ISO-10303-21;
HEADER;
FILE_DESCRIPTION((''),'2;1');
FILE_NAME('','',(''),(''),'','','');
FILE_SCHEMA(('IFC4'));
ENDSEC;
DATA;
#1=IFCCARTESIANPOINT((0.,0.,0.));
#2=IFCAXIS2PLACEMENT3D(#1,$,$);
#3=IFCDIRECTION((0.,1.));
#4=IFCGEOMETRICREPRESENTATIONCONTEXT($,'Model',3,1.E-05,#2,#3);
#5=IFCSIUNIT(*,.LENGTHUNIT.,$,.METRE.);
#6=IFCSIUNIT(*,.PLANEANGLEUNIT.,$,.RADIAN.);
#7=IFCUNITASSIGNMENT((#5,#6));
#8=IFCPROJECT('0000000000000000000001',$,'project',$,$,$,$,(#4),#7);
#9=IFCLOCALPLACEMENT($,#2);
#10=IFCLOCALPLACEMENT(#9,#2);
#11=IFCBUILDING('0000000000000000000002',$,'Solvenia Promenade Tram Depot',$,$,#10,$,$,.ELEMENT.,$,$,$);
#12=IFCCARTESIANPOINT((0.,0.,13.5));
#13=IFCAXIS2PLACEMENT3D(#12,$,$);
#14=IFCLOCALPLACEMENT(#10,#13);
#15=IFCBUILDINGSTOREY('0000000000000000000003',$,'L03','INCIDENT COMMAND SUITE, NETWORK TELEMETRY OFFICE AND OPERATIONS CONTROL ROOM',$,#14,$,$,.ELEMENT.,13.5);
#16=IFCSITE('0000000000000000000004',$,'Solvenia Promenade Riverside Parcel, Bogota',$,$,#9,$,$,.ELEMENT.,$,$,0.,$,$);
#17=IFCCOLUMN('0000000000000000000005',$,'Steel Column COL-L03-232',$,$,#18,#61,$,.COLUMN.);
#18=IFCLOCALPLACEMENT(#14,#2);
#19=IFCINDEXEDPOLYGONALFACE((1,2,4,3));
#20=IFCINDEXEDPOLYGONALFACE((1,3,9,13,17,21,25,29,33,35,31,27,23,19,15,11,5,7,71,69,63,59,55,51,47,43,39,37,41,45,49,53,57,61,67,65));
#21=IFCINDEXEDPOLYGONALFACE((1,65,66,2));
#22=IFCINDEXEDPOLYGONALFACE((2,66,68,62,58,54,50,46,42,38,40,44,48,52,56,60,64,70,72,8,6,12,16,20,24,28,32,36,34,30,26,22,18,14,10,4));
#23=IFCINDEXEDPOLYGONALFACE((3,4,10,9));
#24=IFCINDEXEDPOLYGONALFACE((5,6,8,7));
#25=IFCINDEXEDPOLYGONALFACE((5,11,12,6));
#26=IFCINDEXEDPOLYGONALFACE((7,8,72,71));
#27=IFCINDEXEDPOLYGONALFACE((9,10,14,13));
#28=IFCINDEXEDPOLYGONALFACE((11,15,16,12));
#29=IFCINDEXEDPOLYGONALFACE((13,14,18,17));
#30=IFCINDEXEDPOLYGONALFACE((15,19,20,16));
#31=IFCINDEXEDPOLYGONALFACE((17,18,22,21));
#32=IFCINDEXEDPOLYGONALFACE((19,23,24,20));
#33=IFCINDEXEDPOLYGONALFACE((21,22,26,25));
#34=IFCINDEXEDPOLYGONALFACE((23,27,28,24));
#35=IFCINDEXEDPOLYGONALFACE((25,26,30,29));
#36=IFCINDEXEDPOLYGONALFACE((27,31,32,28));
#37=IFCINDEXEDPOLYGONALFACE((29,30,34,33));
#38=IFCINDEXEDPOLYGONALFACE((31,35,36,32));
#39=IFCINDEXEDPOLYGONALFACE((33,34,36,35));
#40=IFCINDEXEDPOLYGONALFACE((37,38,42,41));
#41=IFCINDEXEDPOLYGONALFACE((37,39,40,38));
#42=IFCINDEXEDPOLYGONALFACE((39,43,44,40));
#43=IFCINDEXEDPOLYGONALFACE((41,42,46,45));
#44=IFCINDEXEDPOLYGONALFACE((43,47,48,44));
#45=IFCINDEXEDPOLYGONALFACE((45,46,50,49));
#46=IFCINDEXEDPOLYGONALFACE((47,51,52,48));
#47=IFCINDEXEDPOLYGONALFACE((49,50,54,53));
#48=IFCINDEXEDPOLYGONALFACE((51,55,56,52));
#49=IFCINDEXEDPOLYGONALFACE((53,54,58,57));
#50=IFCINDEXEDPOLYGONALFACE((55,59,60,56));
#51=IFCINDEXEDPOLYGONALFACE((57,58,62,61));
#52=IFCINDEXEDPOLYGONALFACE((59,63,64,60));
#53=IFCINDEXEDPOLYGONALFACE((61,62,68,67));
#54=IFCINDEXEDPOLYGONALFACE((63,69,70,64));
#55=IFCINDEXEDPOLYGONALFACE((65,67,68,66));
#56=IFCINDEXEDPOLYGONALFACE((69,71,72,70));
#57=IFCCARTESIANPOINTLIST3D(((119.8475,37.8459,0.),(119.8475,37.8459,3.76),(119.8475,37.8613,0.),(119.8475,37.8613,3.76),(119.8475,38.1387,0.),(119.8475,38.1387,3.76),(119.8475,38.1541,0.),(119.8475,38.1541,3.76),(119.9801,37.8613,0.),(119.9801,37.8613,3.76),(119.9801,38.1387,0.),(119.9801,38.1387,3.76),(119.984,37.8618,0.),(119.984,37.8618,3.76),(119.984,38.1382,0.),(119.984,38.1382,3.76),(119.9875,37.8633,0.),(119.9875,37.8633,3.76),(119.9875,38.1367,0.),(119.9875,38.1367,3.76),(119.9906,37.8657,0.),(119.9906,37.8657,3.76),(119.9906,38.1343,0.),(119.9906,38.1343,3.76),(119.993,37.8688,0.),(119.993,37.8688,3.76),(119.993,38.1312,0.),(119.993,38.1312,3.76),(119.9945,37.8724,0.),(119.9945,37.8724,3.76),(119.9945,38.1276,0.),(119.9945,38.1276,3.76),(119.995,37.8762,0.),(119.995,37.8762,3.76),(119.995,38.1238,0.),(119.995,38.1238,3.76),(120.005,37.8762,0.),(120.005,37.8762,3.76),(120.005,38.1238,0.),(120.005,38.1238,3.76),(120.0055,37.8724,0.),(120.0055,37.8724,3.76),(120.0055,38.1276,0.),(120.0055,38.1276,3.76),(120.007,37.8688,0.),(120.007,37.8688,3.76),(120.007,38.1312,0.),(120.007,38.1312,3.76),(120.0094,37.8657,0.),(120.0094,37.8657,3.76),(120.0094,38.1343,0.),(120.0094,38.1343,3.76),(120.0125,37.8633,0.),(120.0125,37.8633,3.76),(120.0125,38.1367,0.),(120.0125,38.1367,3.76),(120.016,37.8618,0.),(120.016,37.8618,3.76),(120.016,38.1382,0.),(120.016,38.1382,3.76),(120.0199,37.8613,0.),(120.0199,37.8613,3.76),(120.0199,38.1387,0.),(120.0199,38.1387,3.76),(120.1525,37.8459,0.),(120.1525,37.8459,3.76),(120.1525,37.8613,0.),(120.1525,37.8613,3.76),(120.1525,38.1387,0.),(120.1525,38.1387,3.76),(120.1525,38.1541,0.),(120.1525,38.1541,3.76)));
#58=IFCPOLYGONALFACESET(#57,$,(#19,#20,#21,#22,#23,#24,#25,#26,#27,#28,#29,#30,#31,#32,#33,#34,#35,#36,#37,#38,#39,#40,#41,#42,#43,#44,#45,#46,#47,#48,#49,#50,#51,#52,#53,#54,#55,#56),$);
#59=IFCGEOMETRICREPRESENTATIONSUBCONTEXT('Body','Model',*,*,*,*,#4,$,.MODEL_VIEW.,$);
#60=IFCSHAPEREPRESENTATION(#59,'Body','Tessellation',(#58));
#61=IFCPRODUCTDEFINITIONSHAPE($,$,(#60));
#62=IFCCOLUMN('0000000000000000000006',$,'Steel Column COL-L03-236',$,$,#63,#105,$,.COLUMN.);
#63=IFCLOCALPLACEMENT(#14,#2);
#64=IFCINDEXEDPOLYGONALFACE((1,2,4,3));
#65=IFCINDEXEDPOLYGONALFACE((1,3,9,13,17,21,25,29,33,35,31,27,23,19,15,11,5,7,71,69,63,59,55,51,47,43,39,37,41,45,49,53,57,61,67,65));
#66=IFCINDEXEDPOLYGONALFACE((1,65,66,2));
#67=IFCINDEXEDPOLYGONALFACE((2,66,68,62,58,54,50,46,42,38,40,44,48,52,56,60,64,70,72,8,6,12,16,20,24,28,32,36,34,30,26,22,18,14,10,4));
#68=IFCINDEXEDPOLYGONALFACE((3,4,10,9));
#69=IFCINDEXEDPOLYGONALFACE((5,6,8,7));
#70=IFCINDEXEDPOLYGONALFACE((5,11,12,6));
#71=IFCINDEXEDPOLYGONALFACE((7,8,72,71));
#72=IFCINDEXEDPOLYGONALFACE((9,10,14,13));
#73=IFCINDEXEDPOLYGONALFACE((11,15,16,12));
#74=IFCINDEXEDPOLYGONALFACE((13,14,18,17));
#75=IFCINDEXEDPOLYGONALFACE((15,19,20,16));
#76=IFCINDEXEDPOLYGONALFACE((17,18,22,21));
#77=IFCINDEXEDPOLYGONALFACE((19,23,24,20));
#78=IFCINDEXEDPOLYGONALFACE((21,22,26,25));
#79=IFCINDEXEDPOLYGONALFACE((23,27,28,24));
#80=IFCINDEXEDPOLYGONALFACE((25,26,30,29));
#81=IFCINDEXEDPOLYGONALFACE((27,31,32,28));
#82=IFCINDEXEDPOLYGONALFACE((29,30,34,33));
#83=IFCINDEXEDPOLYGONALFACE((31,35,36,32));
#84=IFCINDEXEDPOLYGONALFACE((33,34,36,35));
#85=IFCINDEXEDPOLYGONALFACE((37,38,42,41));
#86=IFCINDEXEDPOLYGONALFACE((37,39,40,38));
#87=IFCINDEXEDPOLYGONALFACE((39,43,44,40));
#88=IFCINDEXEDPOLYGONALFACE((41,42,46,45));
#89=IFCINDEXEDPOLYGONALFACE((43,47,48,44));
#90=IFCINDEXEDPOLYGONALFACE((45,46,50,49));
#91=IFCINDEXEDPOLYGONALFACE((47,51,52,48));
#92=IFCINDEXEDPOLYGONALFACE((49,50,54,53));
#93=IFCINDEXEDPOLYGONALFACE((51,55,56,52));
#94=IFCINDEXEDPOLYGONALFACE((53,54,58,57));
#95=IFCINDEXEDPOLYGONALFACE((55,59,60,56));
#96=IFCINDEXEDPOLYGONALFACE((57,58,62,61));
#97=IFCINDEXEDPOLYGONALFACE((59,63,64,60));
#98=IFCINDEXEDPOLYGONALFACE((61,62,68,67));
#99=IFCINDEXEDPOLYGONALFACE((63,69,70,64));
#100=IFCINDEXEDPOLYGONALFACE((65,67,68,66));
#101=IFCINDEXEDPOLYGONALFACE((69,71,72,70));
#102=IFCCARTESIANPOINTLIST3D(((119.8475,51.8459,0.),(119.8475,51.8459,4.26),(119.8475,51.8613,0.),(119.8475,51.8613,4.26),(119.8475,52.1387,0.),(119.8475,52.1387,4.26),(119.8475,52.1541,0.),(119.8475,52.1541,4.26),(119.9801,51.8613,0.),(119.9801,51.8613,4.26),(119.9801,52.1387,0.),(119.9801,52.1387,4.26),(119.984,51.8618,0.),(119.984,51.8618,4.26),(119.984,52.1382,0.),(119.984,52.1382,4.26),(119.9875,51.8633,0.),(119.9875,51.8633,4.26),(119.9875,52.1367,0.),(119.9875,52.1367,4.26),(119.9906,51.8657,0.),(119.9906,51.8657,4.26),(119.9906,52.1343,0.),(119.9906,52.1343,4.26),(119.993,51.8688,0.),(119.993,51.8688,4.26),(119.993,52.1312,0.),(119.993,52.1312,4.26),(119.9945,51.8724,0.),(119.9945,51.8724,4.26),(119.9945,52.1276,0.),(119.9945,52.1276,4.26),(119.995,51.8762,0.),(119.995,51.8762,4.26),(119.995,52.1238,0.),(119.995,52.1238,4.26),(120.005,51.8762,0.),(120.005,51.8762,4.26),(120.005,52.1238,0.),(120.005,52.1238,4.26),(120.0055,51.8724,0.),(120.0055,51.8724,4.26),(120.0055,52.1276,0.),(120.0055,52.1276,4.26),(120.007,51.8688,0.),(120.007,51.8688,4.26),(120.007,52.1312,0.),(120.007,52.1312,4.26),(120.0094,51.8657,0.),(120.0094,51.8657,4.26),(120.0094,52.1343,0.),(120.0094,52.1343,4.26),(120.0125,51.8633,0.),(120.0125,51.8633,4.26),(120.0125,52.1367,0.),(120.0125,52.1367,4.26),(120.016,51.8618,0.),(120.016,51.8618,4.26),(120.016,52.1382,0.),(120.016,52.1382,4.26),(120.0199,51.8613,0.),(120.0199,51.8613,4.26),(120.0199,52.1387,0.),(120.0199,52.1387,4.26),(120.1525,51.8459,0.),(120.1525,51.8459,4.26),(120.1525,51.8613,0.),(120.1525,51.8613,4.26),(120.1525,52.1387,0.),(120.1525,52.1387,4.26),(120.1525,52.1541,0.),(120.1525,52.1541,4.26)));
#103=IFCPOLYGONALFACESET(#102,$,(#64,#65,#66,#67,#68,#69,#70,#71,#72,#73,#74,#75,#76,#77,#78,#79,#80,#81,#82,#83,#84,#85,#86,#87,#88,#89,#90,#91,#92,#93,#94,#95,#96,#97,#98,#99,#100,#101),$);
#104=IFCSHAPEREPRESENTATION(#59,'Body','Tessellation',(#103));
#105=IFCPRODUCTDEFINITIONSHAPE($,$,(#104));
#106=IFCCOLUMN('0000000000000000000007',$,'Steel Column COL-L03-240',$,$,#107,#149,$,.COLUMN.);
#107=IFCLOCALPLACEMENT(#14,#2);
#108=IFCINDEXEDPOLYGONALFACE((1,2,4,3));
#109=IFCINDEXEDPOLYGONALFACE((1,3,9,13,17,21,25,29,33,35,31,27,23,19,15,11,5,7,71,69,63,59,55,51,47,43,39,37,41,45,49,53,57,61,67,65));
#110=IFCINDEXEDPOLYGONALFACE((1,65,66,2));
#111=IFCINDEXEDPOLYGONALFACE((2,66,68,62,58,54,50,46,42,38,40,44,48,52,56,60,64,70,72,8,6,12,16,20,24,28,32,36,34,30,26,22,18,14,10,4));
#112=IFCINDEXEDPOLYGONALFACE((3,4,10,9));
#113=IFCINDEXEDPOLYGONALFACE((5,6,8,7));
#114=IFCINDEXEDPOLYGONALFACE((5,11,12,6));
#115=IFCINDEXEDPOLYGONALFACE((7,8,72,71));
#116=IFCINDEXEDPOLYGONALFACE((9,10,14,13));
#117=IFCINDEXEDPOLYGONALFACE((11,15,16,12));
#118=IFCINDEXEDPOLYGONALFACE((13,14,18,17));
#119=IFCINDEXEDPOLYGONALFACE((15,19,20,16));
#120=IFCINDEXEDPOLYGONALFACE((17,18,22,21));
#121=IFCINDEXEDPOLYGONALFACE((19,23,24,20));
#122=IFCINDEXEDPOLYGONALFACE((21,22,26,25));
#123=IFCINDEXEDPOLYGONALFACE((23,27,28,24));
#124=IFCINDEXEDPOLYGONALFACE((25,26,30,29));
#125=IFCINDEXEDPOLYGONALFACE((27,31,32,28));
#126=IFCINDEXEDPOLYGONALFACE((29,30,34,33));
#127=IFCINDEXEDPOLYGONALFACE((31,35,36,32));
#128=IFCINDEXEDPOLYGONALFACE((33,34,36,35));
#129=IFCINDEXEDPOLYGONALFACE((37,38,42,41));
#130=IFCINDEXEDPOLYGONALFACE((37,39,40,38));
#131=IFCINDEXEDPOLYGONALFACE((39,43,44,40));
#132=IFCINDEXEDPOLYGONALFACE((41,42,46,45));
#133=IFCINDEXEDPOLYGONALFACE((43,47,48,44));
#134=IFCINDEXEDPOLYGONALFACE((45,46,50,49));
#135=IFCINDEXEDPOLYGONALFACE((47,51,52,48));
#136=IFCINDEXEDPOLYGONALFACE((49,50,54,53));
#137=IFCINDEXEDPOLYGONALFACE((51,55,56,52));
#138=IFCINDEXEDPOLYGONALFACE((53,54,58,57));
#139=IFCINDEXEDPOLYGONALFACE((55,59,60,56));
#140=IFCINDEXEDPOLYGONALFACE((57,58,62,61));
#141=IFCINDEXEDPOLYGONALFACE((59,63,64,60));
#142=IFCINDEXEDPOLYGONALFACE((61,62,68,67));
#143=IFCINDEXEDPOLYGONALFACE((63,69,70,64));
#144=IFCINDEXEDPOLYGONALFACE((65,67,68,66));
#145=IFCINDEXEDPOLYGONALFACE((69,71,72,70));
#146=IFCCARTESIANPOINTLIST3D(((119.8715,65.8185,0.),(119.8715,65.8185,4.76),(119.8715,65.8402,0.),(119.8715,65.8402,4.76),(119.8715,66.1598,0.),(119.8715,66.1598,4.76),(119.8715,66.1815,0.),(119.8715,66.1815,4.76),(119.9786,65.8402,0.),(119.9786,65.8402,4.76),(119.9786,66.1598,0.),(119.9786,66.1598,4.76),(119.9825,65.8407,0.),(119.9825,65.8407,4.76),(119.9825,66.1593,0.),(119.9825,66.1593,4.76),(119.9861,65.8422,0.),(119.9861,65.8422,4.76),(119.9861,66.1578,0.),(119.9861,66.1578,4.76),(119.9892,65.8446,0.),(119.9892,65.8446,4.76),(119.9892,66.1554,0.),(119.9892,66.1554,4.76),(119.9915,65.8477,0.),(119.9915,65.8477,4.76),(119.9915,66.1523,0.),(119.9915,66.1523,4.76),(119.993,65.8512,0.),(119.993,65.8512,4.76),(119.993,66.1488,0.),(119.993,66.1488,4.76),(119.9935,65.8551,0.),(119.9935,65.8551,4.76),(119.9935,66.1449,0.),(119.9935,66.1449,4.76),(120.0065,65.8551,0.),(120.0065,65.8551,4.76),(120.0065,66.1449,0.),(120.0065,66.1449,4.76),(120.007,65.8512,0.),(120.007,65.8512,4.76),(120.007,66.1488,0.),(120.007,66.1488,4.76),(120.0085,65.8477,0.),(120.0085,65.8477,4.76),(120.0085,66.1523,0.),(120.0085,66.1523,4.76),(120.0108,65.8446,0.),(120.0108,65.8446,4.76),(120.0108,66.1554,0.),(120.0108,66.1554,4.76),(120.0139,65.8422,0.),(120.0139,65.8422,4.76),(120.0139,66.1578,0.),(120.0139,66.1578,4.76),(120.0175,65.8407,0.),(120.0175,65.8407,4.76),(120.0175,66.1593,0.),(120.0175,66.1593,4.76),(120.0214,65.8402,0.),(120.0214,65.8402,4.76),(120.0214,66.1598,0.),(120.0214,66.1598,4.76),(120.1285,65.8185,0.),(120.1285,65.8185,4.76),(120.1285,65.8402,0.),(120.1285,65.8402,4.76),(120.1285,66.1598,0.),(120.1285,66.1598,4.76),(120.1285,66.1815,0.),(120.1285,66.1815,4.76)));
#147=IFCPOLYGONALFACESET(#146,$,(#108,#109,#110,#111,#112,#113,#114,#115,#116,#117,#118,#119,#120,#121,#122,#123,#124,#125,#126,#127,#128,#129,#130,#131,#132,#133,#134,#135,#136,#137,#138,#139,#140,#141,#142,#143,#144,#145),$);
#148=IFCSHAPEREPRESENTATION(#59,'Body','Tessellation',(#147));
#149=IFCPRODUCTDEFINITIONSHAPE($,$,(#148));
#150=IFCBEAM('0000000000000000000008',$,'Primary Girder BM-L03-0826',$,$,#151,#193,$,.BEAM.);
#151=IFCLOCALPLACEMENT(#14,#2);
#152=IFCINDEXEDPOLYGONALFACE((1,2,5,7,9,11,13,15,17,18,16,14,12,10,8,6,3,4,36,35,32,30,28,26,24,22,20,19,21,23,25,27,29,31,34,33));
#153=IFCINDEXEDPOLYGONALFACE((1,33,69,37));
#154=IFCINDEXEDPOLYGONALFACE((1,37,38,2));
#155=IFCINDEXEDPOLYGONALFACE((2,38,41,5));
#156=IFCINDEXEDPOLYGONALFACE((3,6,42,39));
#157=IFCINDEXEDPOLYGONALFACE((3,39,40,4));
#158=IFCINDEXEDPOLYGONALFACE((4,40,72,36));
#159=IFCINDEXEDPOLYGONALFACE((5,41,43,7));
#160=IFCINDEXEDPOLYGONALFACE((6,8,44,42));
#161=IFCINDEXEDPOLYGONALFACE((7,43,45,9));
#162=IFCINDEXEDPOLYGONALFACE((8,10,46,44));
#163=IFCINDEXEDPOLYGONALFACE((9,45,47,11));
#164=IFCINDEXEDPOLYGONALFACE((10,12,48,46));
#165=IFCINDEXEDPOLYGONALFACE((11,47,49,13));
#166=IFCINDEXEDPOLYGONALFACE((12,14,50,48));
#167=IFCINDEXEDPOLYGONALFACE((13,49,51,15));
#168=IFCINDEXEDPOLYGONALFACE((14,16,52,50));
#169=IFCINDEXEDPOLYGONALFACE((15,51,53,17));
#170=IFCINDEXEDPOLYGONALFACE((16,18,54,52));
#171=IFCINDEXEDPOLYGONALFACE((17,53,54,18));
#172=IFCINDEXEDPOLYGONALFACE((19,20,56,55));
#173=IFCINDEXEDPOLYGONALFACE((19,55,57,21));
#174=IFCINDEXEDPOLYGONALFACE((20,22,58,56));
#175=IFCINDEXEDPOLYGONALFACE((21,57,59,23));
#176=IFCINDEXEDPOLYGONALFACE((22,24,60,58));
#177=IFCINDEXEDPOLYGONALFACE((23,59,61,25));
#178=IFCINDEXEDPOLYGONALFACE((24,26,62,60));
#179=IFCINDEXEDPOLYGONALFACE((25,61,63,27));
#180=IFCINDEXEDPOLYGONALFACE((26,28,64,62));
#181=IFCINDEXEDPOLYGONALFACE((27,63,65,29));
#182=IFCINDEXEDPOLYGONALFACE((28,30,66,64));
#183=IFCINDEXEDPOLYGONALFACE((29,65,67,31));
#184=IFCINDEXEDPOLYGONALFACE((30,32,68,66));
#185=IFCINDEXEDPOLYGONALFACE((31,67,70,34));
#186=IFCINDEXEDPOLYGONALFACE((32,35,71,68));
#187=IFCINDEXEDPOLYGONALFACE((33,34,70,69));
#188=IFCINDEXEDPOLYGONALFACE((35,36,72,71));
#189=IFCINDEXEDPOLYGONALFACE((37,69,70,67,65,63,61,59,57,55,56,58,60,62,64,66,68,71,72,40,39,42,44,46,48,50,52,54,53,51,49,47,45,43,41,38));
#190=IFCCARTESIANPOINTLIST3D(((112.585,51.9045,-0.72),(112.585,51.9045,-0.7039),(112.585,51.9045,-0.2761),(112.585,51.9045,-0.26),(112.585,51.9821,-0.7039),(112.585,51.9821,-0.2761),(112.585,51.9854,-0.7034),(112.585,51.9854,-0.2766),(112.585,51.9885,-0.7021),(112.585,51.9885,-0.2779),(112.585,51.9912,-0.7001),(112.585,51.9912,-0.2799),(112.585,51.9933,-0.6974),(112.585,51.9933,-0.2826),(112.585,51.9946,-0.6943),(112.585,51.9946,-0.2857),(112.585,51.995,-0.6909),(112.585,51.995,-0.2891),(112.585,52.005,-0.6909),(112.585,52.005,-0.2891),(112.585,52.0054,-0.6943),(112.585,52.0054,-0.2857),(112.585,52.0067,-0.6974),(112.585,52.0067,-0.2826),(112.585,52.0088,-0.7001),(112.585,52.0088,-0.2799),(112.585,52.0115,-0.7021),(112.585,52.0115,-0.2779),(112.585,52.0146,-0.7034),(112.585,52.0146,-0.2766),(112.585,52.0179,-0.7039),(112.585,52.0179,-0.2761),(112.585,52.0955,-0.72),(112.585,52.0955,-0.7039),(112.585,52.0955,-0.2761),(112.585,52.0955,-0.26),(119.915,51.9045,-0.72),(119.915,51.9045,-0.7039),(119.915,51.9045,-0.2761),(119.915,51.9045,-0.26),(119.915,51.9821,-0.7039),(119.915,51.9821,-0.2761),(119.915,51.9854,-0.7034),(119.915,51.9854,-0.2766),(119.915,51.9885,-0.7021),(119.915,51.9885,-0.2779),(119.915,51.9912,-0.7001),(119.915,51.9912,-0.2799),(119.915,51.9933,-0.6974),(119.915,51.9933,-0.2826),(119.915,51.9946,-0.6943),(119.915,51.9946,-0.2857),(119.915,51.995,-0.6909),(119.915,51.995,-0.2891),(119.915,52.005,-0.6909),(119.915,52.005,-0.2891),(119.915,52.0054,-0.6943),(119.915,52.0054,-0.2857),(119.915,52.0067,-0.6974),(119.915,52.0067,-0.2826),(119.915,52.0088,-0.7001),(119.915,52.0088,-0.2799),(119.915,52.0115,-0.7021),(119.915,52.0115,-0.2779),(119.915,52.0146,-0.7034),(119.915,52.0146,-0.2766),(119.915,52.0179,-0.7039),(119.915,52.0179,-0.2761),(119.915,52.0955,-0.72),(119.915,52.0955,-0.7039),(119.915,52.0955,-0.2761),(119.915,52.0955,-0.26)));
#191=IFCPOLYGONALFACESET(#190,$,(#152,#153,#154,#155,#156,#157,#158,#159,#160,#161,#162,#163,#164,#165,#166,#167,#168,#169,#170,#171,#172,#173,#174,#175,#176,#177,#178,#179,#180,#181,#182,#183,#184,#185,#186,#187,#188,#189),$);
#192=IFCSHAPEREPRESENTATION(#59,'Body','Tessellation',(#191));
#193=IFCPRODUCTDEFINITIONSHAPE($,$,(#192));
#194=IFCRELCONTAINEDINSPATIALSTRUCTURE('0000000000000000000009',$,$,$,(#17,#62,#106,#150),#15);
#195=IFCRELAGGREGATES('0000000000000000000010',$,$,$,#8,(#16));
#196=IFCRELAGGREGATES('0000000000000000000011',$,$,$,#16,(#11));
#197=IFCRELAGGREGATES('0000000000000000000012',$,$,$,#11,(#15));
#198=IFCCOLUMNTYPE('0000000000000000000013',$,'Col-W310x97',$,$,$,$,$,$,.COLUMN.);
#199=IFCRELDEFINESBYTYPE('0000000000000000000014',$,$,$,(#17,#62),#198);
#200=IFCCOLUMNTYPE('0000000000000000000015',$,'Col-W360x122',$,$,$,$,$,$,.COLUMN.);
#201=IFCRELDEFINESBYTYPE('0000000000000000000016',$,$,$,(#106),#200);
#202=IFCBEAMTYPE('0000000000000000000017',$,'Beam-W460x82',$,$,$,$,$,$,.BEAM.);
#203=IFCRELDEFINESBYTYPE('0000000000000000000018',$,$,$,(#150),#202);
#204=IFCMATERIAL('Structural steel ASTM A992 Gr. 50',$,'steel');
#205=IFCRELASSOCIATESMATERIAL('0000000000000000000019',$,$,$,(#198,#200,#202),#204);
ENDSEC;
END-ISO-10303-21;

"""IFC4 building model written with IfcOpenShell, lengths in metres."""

from ifc_helpers import new_model, si_unit, direction, frame, origin, origin_2d, place, context, subcontext, project, spatial, i_section, extrude, material, material_profile, profile_set, type_object, element, save


model = new_model("IFC4")

# Units and contexts
model_context = context("Model", 3, precision=1e-05, world=origin(), true_north=direction((0.0, 1.0)))
body_context = subcontext(model_context, "Body", "Model", "MODEL_VIEW")
ifc_project = project(units=[si_unit("LENGTHUNIT", "METRE"), si_unit("PLANEANGLEUNIT", "RADIAN")], contexts=[model_context])

# Site, building, storey
site_placement = place(None, origin())
site = spatial("IfcSite", under=ifc_project, at=site_placement, Name="Solvenia Promenade Riverside Parcel, Bogota", CompositionType="ELEMENT", RefElevation=0.0)
building_placement = place(site_placement, origin())
building = spatial("IfcBuilding", under=site, at=building_placement, Name="Solvenia Promenade Tram Depot", CompositionType="ELEMENT")
storey_placement = place(building_placement, frame((0.0, 0.0, 13.5)))
storey = spatial("IfcBuildingStorey", under=building, at=storey_placement, Name="L03", Description="INCIDENT COMMAND SUITE, NETWORK TELEMETRY OFFICE AND OPERATIONS CONTROL ROOM", CompositionType="ELEMENT", Elevation=13.5)

# Columns
ifc_material_1 = material(Name="Structural steel ASTM A992 Gr. 50", Category="steel")
ifc_material_profile_1 = material_profile(ifc_material_1, i_section(OverallWidth=0.3049, OverallDepth=0.3081, WebThickness=0.01, FlangeThickness=0.0154, FilletRadius=0.0149, at=origin_2d()), Name="W310x97", Category="steel")
ifc_profile_set_1 = profile_set([ifc_material_profile_1], Name="Structural steel ASTM A992 Gr. 50")
column_type_1 = type_object("IfcColumnType", Name="Col-W310x97", PredefinedType="COLUMN", material=ifc_profile_set_1)
column_1_placement = place(storey_placement, frame((120.0, 38.0, 0.0), z_axis=(0.0, 0.0, 1.0), x_axis=(1.0, 0.0, 0.0)))
element("IfcColumn", 1, at=column_1_placement, inside=storey, type_object=column_type_1, Name="Steel Column COL-L03-232", PredefinedType="COLUMN", context=body_context, shape_type="SweptSolid", body=[
    extrude(i_section(OverallWidth=0.3049, OverallDepth=0.3081, WebThickness=0.01, FlangeThickness=0.0154, FilletRadius=0.0149, at=origin_2d()), origin(), (0.0, 0.0, 1.0), 3.76),
])
column_2_placement = place(storey_placement, frame((120.0, 52.0, 0.0), z_axis=(0.0, 0.0, 1.0), x_axis=(1.0, 0.0, 0.0)))
element("IfcColumn", 2, at=column_2_placement, inside=storey, type_object=column_type_1, Name="Steel Column COL-L03-236", PredefinedType="COLUMN", context=body_context, shape_type="SweptSolid", body=[
    extrude(i_section(OverallWidth=0.3049, OverallDepth=0.3081, WebThickness=0.01, FlangeThickness=0.0154, FilletRadius=0.0149, at=origin_2d()), origin(), (0.0, 0.0, 1.0), 4.26),
])
ifc_material_profile_2 = material_profile(ifc_material_1, i_section(OverallWidth=0.2571, OverallDepth=0.363, WebThickness=0.0129, FlangeThickness=0.0217, FilletRadius=0.0149, at=origin_2d()), Name="W360x122", Category="steel")
ifc_profile_set_2 = profile_set([ifc_material_profile_2], Name="Structural steel ASTM A992 Gr. 50")
column_type_2 = type_object("IfcColumnType", Name="Col-W360x122", PredefinedType="COLUMN", material=ifc_profile_set_2)
column_3_placement = place(storey_placement, frame((120.0, 66.0, 0.0), z_axis=(0.0, 0.0, 1.0), x_axis=(1.0, 0.0, 0.0)))
element("IfcColumn", 3, at=column_3_placement, inside=storey, type_object=column_type_2, Name="Steel Column COL-L03-240", PredefinedType="COLUMN", context=body_context, shape_type="SweptSolid", body=[
    extrude(i_section(OverallWidth=0.2571, OverallDepth=0.363, WebThickness=0.0129, FlangeThickness=0.0217, FilletRadius=0.0149, at=origin_2d()), origin(), (0.0, 0.0, 1.0), 4.76),
])

# Beam
ifc_material_profile_3 = material_profile(ifc_material_1, i_section(OverallWidth=0.1909, OverallDepth=0.46, WebThickness=0.01, FlangeThickness=0.0161, FilletRadius=0.0129, at=origin_2d()), Name="W460x82", Category="steel")
ifc_profile_set_3 = profile_set([ifc_material_profile_3], Name="Structural steel ASTM A992 Gr. 50")
beam_type_1 = type_object("IfcBeamType", Name="Beam-W460x82", PredefinedType="BEAM", material=ifc_profile_set_3)
beam_placement = place(storey_placement, frame((112.585, 52.0, -0.49), z_axis=(1.0, 0.0, 0.0), x_axis=(0.0, 1.0, 0.0)))
element("IfcBeam", 4, at=beam_placement, inside=storey, type_object=beam_type_1, Name="Primary Girder BM-L03-0826", PredefinedType="BEAM", context=body_context, shape_type="SweptSolid", body=[
    extrude(i_section(OverallWidth=0.1909, OverallDepth=0.46, WebThickness=0.01, FlangeThickness=0.0161, FilletRadius=0.0129, at=origin_2d()), origin(), (0.0, 0.0, 1.0), 7.3301),
])

save(model, "model.ifc")
